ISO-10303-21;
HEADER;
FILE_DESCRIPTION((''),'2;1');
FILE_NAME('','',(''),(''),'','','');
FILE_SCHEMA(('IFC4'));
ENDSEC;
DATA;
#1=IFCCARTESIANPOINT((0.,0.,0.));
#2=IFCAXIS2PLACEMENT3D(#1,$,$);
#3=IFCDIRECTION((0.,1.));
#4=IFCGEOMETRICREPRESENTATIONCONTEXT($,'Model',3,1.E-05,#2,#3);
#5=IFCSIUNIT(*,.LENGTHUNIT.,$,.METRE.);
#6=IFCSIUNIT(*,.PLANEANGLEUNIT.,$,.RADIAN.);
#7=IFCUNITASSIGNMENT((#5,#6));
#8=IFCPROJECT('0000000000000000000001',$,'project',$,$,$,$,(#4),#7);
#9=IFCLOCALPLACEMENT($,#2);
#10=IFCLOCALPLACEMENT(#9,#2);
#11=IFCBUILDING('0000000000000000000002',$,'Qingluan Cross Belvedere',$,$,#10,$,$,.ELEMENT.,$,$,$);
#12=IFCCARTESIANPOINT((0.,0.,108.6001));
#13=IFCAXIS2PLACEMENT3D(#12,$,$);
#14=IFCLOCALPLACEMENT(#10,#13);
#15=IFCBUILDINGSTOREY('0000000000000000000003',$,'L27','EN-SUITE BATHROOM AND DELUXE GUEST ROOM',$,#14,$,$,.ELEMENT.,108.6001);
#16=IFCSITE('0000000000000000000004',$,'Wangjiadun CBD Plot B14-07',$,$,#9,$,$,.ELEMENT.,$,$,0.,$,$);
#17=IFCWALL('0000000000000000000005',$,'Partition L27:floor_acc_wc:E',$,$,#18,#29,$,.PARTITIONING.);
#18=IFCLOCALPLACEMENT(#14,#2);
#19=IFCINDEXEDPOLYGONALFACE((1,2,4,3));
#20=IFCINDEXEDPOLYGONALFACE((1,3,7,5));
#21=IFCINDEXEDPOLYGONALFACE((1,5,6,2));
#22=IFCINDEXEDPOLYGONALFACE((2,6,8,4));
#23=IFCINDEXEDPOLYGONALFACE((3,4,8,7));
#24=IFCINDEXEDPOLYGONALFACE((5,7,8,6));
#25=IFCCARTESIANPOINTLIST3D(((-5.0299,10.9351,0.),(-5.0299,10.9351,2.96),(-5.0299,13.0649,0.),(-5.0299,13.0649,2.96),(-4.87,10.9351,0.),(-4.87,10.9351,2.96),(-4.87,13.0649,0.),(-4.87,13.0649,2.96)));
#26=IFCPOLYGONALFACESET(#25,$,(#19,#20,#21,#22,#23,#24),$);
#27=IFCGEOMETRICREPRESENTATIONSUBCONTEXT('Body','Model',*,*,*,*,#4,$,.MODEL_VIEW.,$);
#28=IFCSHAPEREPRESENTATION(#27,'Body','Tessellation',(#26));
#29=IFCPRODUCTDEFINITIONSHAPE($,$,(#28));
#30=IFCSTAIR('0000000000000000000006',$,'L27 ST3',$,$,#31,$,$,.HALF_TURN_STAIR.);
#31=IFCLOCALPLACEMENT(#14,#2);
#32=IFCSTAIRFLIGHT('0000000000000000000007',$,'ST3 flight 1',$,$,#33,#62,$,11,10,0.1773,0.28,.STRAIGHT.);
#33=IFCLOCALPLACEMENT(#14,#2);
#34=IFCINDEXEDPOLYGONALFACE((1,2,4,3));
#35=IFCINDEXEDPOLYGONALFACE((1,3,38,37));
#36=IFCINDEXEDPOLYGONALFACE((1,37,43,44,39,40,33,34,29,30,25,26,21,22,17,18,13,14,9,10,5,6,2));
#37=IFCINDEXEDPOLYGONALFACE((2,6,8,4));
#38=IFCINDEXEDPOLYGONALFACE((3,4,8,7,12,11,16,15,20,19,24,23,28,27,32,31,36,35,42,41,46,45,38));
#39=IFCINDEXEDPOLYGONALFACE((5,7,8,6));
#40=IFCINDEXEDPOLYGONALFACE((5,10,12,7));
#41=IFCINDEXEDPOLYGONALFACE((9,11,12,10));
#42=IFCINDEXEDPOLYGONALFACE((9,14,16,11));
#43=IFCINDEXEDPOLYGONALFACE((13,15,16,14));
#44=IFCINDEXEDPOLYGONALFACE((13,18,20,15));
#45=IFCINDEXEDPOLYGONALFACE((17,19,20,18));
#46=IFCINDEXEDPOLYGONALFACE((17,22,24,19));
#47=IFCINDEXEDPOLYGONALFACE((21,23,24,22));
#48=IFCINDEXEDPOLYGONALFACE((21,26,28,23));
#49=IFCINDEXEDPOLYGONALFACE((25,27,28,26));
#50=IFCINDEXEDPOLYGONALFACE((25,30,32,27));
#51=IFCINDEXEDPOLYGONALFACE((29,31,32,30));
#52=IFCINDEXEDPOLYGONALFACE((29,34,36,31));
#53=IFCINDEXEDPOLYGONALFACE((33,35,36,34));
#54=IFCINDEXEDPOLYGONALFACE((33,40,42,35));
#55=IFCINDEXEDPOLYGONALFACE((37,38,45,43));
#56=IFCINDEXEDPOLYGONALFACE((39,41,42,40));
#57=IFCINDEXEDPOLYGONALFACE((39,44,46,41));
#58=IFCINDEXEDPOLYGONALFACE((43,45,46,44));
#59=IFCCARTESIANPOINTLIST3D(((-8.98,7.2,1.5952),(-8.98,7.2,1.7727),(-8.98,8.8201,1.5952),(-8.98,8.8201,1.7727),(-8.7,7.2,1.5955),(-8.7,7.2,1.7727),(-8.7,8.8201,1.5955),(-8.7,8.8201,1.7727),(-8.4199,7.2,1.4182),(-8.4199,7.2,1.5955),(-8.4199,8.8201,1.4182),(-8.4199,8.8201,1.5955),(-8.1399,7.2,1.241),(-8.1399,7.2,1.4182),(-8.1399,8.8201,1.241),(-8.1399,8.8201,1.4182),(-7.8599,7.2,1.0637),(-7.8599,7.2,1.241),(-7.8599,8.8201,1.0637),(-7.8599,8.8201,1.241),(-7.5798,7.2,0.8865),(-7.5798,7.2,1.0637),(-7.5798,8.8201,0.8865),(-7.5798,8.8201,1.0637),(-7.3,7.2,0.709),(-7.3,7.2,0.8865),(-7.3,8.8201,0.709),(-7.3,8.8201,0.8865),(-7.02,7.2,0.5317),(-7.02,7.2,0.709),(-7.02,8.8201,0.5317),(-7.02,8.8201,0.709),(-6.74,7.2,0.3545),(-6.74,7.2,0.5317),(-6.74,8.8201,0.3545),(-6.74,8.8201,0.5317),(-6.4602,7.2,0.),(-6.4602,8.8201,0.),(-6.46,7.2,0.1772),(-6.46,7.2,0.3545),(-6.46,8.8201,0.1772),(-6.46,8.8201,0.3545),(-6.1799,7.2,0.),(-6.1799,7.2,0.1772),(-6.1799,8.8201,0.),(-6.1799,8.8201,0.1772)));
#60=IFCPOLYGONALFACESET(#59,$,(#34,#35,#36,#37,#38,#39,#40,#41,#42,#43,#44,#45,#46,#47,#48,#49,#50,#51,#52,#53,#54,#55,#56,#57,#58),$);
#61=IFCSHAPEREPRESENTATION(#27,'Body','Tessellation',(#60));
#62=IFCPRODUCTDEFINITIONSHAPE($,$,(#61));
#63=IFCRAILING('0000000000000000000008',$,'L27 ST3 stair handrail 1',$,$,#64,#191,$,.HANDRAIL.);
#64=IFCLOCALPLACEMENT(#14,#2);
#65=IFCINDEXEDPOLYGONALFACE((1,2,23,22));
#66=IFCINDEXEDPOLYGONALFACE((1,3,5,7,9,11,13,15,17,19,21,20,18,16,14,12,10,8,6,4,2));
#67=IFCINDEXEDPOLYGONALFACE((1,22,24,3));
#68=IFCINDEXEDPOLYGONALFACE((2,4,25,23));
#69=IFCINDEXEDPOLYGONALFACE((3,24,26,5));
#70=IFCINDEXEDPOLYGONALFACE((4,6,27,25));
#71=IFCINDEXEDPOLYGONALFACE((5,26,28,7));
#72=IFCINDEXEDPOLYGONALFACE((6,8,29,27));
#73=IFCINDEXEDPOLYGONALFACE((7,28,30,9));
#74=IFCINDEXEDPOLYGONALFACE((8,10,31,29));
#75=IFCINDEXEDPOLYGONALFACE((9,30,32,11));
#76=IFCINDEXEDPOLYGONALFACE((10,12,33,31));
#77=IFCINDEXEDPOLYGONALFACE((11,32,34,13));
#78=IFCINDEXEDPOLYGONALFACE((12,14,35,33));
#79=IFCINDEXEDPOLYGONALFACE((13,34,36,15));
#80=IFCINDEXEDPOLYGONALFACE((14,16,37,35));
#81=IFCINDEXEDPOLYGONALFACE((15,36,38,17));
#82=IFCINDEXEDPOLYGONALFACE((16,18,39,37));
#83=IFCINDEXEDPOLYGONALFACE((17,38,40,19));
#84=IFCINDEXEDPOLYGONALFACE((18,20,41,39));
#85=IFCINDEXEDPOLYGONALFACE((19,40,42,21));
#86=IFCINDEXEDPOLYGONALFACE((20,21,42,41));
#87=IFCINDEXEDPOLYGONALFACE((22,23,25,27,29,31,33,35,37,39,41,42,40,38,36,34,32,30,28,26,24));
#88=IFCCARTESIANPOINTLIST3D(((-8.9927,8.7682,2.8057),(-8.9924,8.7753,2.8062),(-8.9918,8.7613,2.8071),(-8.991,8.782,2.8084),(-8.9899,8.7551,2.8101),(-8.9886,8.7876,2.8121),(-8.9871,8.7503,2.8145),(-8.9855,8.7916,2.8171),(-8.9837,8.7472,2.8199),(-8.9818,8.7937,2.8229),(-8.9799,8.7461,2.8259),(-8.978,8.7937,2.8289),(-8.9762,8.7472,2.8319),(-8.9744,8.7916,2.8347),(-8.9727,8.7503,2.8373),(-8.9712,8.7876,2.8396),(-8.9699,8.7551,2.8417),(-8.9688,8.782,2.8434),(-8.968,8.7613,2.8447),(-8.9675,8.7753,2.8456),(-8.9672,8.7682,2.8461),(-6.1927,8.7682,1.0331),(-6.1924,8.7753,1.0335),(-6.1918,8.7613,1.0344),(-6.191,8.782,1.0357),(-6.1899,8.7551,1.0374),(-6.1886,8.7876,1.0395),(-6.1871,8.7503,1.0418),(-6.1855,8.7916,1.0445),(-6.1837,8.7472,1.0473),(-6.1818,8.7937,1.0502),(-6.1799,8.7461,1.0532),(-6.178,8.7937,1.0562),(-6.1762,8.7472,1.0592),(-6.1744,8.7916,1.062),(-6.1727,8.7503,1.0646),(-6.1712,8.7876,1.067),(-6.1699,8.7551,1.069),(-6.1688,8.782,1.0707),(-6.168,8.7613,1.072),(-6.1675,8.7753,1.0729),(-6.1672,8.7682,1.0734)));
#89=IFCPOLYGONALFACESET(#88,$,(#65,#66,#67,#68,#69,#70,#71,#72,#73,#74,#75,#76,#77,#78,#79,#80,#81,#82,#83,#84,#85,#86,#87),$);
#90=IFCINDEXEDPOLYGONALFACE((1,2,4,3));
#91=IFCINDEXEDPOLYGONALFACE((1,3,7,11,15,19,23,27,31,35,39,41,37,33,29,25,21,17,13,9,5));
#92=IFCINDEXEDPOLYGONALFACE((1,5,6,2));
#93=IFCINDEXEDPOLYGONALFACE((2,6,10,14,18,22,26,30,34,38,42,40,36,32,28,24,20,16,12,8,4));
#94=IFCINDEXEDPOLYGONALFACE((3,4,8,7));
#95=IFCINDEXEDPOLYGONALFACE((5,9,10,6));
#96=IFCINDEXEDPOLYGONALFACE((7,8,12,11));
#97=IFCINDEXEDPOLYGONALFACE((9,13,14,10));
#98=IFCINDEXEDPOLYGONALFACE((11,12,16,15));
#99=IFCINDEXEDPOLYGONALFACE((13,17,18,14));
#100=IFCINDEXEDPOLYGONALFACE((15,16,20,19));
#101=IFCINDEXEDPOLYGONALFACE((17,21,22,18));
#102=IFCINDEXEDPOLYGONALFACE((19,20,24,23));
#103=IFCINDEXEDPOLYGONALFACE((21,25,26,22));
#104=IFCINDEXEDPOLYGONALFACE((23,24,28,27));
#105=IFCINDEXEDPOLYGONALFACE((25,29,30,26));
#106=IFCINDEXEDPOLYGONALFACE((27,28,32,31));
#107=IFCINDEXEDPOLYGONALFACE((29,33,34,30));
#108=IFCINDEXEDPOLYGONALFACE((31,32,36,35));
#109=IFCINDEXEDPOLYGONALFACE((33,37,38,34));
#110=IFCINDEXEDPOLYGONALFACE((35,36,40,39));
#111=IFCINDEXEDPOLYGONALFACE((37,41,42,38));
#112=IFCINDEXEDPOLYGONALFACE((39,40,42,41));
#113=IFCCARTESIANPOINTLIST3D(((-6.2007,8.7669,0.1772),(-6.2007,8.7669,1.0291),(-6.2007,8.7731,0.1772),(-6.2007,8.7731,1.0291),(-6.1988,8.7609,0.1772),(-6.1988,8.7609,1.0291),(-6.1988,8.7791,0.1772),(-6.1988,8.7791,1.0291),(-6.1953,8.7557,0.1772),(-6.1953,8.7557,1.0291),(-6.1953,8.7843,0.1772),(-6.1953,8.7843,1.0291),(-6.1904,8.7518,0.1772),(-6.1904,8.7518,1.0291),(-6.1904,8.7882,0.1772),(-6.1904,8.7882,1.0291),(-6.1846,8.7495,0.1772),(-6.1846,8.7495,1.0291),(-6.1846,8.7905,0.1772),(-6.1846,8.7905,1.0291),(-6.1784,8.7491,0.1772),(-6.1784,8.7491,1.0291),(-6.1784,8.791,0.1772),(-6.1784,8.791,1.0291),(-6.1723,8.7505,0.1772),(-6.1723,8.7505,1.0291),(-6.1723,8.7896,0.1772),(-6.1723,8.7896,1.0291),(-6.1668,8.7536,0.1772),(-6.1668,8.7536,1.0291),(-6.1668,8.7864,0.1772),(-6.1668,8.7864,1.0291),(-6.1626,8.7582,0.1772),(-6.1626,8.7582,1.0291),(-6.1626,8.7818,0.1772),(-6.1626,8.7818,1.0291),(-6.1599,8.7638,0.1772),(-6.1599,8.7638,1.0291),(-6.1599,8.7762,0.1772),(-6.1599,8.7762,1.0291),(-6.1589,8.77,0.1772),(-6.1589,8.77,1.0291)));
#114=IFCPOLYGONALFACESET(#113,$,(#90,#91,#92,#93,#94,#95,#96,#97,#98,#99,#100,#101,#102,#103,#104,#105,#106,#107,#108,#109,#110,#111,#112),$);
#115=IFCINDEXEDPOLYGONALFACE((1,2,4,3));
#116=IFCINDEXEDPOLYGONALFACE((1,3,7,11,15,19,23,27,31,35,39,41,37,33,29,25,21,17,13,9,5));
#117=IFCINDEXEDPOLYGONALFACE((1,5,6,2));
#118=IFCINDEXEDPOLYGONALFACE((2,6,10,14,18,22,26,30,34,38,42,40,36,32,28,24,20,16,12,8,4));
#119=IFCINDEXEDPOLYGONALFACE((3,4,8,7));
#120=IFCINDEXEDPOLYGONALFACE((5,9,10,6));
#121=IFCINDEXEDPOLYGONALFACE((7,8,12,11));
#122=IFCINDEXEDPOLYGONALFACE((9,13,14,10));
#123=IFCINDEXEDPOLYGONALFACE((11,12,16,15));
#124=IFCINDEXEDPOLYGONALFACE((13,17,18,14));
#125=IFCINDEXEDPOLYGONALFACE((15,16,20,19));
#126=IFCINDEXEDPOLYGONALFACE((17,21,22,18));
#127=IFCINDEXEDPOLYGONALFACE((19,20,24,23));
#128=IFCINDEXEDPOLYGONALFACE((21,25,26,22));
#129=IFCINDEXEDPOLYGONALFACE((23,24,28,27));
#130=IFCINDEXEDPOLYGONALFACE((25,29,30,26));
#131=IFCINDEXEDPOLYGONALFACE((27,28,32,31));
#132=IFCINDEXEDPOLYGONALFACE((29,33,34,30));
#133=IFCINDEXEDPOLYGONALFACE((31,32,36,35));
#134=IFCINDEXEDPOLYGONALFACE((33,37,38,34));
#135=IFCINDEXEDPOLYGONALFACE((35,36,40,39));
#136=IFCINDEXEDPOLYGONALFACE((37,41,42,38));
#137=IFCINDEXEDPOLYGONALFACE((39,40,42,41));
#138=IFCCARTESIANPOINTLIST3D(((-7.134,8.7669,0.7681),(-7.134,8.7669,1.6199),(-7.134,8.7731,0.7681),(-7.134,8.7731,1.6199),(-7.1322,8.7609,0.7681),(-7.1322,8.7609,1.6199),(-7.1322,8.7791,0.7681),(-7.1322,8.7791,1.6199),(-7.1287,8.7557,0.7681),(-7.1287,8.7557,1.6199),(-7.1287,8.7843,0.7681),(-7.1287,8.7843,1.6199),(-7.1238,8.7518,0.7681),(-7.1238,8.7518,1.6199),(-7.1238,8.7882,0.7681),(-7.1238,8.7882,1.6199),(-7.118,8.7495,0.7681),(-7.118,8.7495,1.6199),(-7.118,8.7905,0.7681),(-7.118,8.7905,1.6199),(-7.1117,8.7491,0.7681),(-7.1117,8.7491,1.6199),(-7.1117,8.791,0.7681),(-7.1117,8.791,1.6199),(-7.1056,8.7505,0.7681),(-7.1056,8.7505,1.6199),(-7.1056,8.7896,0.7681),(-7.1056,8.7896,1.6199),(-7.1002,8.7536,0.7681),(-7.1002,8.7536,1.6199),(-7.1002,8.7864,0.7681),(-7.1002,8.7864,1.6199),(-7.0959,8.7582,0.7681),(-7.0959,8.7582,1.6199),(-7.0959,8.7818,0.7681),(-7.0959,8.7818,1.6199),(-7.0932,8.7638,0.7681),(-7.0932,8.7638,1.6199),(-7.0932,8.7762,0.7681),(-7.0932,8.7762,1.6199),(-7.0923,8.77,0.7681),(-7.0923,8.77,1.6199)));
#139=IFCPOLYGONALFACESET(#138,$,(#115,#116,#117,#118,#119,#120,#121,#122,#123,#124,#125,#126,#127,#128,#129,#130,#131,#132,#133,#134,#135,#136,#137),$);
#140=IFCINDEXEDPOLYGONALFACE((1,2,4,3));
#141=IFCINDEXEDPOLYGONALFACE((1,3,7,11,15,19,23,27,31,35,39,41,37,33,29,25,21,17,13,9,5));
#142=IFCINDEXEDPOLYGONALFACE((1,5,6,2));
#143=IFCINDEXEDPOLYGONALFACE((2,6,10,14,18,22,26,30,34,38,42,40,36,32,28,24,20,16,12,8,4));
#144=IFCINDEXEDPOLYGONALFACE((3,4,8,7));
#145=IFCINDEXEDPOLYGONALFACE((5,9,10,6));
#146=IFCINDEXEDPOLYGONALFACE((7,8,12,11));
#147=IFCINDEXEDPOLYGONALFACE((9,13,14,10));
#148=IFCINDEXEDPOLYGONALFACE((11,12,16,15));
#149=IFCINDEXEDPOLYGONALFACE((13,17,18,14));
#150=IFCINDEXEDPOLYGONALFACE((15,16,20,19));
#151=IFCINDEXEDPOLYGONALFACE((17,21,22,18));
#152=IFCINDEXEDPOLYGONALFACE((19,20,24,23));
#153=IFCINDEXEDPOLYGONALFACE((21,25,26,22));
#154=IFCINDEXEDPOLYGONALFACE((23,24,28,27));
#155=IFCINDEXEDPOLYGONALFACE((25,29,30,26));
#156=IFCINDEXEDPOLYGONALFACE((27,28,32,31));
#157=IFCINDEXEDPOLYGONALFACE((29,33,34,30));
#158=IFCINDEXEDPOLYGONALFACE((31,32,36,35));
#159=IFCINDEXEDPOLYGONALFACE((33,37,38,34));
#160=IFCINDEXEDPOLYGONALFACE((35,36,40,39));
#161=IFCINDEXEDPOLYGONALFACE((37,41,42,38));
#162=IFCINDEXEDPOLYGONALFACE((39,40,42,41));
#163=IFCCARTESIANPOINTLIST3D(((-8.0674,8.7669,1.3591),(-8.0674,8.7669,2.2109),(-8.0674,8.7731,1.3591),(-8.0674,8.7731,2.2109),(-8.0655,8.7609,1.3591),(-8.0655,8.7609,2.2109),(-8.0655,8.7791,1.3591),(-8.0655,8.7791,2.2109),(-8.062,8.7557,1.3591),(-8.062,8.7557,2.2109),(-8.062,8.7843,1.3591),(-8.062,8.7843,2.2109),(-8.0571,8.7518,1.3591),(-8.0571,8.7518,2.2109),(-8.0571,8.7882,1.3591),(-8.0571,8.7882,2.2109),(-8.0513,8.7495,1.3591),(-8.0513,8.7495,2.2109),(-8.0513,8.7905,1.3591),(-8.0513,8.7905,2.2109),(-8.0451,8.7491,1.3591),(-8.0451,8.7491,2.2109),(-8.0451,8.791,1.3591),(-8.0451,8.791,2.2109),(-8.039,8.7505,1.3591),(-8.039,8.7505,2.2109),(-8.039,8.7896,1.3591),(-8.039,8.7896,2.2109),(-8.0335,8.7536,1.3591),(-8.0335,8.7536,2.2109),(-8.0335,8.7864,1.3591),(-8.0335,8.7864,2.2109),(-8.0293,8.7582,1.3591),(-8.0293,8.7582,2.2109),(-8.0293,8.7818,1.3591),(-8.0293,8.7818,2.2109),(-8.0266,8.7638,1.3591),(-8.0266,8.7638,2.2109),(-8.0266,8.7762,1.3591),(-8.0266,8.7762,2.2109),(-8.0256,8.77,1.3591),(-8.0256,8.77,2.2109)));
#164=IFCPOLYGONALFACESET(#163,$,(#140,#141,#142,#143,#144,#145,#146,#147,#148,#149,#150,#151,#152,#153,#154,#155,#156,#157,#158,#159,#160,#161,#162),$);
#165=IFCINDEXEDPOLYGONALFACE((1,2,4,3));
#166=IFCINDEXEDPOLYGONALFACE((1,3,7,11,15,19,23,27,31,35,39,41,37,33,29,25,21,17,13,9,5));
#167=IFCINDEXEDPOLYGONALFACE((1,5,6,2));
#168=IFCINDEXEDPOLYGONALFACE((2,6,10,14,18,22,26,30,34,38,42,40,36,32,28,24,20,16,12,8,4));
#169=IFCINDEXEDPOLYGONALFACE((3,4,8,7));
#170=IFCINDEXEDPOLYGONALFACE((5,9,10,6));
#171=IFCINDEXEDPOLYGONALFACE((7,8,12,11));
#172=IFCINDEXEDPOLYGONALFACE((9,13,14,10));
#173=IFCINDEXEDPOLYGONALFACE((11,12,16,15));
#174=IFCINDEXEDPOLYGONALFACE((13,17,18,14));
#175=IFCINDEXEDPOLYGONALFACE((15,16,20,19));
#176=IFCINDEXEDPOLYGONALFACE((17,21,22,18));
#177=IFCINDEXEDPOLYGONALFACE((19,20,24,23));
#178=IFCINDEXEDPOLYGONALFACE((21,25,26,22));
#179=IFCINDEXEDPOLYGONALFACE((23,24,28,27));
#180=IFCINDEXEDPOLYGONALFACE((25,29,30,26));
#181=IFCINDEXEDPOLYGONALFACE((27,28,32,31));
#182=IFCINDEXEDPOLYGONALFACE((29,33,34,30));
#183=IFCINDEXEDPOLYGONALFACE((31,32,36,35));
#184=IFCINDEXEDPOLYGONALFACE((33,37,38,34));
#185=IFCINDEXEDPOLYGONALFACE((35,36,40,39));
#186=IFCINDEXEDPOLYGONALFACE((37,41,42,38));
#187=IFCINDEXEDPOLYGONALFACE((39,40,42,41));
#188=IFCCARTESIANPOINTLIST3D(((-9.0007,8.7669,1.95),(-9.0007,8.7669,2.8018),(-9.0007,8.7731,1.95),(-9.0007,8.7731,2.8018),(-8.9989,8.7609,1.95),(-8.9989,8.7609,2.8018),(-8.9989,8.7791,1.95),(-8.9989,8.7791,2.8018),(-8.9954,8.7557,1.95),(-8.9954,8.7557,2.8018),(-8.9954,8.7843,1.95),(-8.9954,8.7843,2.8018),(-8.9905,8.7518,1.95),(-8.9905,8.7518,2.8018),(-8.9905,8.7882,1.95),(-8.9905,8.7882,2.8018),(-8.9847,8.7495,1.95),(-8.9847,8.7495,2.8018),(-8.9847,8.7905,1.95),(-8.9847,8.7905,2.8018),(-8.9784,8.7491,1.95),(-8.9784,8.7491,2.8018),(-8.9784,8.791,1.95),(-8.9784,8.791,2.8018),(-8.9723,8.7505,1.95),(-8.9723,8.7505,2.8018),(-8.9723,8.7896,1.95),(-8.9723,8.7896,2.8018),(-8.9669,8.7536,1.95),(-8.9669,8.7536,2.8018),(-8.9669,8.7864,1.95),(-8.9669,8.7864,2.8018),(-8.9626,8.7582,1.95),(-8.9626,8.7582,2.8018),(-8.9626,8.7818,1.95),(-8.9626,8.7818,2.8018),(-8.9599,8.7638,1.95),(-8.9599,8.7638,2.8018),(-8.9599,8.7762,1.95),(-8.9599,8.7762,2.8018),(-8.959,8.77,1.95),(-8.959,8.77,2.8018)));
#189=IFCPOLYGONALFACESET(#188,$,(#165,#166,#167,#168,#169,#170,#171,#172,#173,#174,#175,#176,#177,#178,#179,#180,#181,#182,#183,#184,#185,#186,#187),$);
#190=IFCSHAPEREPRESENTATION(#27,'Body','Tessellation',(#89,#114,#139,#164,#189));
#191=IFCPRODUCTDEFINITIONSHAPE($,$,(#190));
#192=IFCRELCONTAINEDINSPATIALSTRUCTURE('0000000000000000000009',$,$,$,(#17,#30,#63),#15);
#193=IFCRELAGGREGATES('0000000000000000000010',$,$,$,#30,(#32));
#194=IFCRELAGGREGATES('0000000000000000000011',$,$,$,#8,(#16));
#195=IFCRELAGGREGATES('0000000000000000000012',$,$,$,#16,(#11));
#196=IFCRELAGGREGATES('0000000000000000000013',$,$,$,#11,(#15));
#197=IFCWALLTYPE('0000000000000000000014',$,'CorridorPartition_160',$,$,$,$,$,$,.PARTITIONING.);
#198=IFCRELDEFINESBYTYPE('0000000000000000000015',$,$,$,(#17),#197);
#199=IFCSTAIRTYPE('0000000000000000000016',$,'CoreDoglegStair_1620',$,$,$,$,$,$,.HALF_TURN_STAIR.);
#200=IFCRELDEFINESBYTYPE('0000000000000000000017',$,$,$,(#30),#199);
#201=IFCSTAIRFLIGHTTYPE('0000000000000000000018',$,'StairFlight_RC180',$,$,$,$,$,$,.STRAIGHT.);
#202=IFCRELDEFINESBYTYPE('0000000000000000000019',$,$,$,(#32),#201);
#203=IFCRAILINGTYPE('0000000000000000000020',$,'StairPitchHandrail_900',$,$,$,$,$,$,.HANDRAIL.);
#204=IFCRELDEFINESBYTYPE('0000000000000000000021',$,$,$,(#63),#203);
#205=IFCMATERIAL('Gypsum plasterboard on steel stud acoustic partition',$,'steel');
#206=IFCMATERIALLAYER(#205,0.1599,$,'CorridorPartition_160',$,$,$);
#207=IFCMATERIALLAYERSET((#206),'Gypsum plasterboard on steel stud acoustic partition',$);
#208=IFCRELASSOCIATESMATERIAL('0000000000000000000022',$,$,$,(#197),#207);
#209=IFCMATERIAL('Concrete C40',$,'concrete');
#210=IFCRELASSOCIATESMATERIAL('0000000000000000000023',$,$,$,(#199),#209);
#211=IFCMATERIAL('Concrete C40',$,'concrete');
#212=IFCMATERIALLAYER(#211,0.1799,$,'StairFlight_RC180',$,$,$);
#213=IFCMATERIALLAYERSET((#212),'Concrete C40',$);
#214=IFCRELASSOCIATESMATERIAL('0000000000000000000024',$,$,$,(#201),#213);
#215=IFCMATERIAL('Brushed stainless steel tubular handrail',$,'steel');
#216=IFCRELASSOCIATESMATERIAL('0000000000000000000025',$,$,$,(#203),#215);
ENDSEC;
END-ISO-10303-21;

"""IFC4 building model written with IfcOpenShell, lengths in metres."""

from ifc_helpers import new_model, si_unit, direction, frame, frame_2d, origin, origin_2d, place, context, subcontext, project, spatial, polyline, rectangle, circle, outline, extrude, material, layer, layer_set, type_object, element, aggregate, save


model = new_model("IFC4")

# Units and contexts
model_context = context("Model", 3, precision=1e-05, world=origin(), true_north=direction((0.0, 1.0)))
body_context = subcontext(model_context, "Body", "Model", "MODEL_VIEW")
ifc_project = project(units=[si_unit("LENGTHUNIT", "METRE"), si_unit("PLANEANGLEUNIT", "RADIAN")], contexts=[model_context])

# Site, building, storey
site_placement = place(None, origin())
site = spatial("IfcSite", under=ifc_project, at=site_placement, Name="Wangjiadun CBD Plot B14-07", CompositionType="ELEMENT", RefElevation=0.0)
building_placement = place(site_placement, origin())
building = spatial("IfcBuilding", under=site, at=building_placement, Name="Qingluan Cross Belvedere", CompositionType="ELEMENT")
storey_placement = place(building_placement, frame((0.0, 0.0, 108.6001)))
storey = spatial("IfcBuildingStorey", under=building, at=storey_placement, Name="L27", Description="EN-SUITE BATHROOM AND DELUXE GUEST ROOM", CompositionType="ELEMENT", Elevation=108.6001)

# Shared definitions
ifc_material_1 = material(Name="Gypsum plasterboard on steel stud acoustic partition", Category="steel")
ifc_layer_1 = layer(ifc_material_1, 0.1599, Name="CorridorPartition_160")
ifc_layer_set_1 = layer_set([ifc_layer_1], Name="Gypsum plasterboard on steel stud acoustic partition")
wall_type_1 = type_object("IfcWallType", Name="CorridorPartition_160", PredefinedType="PARTITIONING", material=ifc_layer_set_1)

# Wall
wall_1_placement = place(storey_placement, frame((-4.95, 10.9351, 0.0), z_axis=(0.0, 0.0, 1.0), x_axis=(0.0, 1.0, 0.0)))
element("IfcWall", 1, at=wall_1_placement, inside=storey, type_object=wall_type_1, Name="Partition L27:floor_acc_wc:E", PredefinedType="PARTITIONING", context=body_context, shape_type="SweptSolid", body=[
    extrude(rectangle(XDim=2.1299, YDim=0.1599, at=frame_2d((1.0649, 0.0))), origin(), (0.0, 0.0, 1.0), 2.96),
])

# Stair, stair flight
ifc_material_2 = material(Name="Concrete C40", Category="concrete")
stair_type = type_object("IfcStairType", Name="CoreDoglegStair_1620", PredefinedType="HALF_TURN_STAIR", material=ifc_material_2)
stair_placement = place(storey_placement, origin())
stair = element("IfcStair", 2, at=stair_placement, inside=storey, type_object=stair_type, Name="L27 ST3", PredefinedType="HALF_TURN_STAIR")
ifc_material_3 = material(Name="Concrete C40", Category="concrete")
ifc_layer_2 = layer(ifc_material_3, 0.1799, Name="StairFlight_RC180")
ifc_layer_set_2 = layer_set([ifc_layer_2], Name="Concrete C40")
stair_flight_type = type_object("IfcStairFlightType", Name="StairFlight_RC180", PredefinedType="STRAIGHT", material=ifc_layer_set_2)
stair_flight_placement = place(storey_placement, frame((-6.1799, 8.01, 0.0), z_axis=(0.0, 0.0, 1.0), x_axis=(-1.0, 0.0, 0.0)))
stair_flight = element("IfcStairFlight", 3, at=stair_flight_placement, type_object=stair_flight_type, Name="ST3 flight 1", NumberOfRisers=11, NumberOfTreads=10, PredefinedType="STRAIGHT", RiserHeight=0.1773, TreadLength=0.28, context=body_context, shape_type="SweptSolid", body=[
    extrude(outline(polyline([(0.0, 0.0), (0.0, 0.1772), (0.28, 0.1772), (0.28, 0.3545), (0.5601, 0.3545), (0.5601, 0.5317), (0.8401, 0.5317), (0.8401, 0.709), (1.1201, 0.709), (1.1201, 0.8865), (1.3999, 0.8865), (1.3999, 1.0637), (1.6799, 1.0637), (1.6799, 1.241), (1.96, 1.241), (1.96, 1.4182), (2.24, 1.4182), (2.24, 1.5955), (2.52, 1.5955), (2.52, 1.7727), (2.8, 1.7727), (2.8, 1.95), (2.8, 1.5952), (0.2803, 0.0), (0.0, 0.0)])), frame((0.0, 0.8101, 0.0), z_axis=(0.0, -1.0, 0.0), x_axis=(1.0, 0.0, 0.0)), (0.0, 0.0, 1.0), 1.6201),
])
aggregate(stair, [stair_flight])

# Railing
ifc_material_4 = material(Name="Brushed stainless steel tubular handrail", Category="steel")
railing_type_1 = type_object("IfcRailingType", Name="StairPitchHandrail_900", PredefinedType="HANDRAIL", material=ifc_material_4)
railing_1_placement = place(storey_placement, frame((-6.1799, 8.77, 0.1772)))
element("IfcRailing", 4, at=railing_1_placement, inside=storey, type_object=railing_type_1, Name="L27 ST3 stair handrail 1", PredefinedType="HANDRAIL", context=body_context, shape_type="SweptSolid", body=[
    extrude(circle(Radius=0.0239, at=origin_2d()), frame((0.0, 0.0, 0.876), z_axis=(-0.844909, 0.0, 0.53491), x_axis=(0.0, -1.0, 0.0)), (0.0, 0.0, 1.0), 3.314),
    extrude(circle(Radius=0.021, at=origin_2d()), origin(), (0.0, 0.0, 1.0), 0.8518),
    extrude(circle(Radius=0.021, at=origin_2d()), frame((-0.9333, 0.0, 0.5908)), (0.0, 0.0, 1.0), 0.8518),
    extrude(circle(Radius=0.021, at=origin_2d()), frame((-1.8667, 0.0, 1.1819)), (0.0, 0.0, 1.0), 0.8518),
    extrude(circle(Radius=0.021, at=origin_2d()), frame((-2.8, 0.0, 1.7727)), (0.0, 0.0, 1.0), 0.8518),
])

save(model, "model.ifc")
